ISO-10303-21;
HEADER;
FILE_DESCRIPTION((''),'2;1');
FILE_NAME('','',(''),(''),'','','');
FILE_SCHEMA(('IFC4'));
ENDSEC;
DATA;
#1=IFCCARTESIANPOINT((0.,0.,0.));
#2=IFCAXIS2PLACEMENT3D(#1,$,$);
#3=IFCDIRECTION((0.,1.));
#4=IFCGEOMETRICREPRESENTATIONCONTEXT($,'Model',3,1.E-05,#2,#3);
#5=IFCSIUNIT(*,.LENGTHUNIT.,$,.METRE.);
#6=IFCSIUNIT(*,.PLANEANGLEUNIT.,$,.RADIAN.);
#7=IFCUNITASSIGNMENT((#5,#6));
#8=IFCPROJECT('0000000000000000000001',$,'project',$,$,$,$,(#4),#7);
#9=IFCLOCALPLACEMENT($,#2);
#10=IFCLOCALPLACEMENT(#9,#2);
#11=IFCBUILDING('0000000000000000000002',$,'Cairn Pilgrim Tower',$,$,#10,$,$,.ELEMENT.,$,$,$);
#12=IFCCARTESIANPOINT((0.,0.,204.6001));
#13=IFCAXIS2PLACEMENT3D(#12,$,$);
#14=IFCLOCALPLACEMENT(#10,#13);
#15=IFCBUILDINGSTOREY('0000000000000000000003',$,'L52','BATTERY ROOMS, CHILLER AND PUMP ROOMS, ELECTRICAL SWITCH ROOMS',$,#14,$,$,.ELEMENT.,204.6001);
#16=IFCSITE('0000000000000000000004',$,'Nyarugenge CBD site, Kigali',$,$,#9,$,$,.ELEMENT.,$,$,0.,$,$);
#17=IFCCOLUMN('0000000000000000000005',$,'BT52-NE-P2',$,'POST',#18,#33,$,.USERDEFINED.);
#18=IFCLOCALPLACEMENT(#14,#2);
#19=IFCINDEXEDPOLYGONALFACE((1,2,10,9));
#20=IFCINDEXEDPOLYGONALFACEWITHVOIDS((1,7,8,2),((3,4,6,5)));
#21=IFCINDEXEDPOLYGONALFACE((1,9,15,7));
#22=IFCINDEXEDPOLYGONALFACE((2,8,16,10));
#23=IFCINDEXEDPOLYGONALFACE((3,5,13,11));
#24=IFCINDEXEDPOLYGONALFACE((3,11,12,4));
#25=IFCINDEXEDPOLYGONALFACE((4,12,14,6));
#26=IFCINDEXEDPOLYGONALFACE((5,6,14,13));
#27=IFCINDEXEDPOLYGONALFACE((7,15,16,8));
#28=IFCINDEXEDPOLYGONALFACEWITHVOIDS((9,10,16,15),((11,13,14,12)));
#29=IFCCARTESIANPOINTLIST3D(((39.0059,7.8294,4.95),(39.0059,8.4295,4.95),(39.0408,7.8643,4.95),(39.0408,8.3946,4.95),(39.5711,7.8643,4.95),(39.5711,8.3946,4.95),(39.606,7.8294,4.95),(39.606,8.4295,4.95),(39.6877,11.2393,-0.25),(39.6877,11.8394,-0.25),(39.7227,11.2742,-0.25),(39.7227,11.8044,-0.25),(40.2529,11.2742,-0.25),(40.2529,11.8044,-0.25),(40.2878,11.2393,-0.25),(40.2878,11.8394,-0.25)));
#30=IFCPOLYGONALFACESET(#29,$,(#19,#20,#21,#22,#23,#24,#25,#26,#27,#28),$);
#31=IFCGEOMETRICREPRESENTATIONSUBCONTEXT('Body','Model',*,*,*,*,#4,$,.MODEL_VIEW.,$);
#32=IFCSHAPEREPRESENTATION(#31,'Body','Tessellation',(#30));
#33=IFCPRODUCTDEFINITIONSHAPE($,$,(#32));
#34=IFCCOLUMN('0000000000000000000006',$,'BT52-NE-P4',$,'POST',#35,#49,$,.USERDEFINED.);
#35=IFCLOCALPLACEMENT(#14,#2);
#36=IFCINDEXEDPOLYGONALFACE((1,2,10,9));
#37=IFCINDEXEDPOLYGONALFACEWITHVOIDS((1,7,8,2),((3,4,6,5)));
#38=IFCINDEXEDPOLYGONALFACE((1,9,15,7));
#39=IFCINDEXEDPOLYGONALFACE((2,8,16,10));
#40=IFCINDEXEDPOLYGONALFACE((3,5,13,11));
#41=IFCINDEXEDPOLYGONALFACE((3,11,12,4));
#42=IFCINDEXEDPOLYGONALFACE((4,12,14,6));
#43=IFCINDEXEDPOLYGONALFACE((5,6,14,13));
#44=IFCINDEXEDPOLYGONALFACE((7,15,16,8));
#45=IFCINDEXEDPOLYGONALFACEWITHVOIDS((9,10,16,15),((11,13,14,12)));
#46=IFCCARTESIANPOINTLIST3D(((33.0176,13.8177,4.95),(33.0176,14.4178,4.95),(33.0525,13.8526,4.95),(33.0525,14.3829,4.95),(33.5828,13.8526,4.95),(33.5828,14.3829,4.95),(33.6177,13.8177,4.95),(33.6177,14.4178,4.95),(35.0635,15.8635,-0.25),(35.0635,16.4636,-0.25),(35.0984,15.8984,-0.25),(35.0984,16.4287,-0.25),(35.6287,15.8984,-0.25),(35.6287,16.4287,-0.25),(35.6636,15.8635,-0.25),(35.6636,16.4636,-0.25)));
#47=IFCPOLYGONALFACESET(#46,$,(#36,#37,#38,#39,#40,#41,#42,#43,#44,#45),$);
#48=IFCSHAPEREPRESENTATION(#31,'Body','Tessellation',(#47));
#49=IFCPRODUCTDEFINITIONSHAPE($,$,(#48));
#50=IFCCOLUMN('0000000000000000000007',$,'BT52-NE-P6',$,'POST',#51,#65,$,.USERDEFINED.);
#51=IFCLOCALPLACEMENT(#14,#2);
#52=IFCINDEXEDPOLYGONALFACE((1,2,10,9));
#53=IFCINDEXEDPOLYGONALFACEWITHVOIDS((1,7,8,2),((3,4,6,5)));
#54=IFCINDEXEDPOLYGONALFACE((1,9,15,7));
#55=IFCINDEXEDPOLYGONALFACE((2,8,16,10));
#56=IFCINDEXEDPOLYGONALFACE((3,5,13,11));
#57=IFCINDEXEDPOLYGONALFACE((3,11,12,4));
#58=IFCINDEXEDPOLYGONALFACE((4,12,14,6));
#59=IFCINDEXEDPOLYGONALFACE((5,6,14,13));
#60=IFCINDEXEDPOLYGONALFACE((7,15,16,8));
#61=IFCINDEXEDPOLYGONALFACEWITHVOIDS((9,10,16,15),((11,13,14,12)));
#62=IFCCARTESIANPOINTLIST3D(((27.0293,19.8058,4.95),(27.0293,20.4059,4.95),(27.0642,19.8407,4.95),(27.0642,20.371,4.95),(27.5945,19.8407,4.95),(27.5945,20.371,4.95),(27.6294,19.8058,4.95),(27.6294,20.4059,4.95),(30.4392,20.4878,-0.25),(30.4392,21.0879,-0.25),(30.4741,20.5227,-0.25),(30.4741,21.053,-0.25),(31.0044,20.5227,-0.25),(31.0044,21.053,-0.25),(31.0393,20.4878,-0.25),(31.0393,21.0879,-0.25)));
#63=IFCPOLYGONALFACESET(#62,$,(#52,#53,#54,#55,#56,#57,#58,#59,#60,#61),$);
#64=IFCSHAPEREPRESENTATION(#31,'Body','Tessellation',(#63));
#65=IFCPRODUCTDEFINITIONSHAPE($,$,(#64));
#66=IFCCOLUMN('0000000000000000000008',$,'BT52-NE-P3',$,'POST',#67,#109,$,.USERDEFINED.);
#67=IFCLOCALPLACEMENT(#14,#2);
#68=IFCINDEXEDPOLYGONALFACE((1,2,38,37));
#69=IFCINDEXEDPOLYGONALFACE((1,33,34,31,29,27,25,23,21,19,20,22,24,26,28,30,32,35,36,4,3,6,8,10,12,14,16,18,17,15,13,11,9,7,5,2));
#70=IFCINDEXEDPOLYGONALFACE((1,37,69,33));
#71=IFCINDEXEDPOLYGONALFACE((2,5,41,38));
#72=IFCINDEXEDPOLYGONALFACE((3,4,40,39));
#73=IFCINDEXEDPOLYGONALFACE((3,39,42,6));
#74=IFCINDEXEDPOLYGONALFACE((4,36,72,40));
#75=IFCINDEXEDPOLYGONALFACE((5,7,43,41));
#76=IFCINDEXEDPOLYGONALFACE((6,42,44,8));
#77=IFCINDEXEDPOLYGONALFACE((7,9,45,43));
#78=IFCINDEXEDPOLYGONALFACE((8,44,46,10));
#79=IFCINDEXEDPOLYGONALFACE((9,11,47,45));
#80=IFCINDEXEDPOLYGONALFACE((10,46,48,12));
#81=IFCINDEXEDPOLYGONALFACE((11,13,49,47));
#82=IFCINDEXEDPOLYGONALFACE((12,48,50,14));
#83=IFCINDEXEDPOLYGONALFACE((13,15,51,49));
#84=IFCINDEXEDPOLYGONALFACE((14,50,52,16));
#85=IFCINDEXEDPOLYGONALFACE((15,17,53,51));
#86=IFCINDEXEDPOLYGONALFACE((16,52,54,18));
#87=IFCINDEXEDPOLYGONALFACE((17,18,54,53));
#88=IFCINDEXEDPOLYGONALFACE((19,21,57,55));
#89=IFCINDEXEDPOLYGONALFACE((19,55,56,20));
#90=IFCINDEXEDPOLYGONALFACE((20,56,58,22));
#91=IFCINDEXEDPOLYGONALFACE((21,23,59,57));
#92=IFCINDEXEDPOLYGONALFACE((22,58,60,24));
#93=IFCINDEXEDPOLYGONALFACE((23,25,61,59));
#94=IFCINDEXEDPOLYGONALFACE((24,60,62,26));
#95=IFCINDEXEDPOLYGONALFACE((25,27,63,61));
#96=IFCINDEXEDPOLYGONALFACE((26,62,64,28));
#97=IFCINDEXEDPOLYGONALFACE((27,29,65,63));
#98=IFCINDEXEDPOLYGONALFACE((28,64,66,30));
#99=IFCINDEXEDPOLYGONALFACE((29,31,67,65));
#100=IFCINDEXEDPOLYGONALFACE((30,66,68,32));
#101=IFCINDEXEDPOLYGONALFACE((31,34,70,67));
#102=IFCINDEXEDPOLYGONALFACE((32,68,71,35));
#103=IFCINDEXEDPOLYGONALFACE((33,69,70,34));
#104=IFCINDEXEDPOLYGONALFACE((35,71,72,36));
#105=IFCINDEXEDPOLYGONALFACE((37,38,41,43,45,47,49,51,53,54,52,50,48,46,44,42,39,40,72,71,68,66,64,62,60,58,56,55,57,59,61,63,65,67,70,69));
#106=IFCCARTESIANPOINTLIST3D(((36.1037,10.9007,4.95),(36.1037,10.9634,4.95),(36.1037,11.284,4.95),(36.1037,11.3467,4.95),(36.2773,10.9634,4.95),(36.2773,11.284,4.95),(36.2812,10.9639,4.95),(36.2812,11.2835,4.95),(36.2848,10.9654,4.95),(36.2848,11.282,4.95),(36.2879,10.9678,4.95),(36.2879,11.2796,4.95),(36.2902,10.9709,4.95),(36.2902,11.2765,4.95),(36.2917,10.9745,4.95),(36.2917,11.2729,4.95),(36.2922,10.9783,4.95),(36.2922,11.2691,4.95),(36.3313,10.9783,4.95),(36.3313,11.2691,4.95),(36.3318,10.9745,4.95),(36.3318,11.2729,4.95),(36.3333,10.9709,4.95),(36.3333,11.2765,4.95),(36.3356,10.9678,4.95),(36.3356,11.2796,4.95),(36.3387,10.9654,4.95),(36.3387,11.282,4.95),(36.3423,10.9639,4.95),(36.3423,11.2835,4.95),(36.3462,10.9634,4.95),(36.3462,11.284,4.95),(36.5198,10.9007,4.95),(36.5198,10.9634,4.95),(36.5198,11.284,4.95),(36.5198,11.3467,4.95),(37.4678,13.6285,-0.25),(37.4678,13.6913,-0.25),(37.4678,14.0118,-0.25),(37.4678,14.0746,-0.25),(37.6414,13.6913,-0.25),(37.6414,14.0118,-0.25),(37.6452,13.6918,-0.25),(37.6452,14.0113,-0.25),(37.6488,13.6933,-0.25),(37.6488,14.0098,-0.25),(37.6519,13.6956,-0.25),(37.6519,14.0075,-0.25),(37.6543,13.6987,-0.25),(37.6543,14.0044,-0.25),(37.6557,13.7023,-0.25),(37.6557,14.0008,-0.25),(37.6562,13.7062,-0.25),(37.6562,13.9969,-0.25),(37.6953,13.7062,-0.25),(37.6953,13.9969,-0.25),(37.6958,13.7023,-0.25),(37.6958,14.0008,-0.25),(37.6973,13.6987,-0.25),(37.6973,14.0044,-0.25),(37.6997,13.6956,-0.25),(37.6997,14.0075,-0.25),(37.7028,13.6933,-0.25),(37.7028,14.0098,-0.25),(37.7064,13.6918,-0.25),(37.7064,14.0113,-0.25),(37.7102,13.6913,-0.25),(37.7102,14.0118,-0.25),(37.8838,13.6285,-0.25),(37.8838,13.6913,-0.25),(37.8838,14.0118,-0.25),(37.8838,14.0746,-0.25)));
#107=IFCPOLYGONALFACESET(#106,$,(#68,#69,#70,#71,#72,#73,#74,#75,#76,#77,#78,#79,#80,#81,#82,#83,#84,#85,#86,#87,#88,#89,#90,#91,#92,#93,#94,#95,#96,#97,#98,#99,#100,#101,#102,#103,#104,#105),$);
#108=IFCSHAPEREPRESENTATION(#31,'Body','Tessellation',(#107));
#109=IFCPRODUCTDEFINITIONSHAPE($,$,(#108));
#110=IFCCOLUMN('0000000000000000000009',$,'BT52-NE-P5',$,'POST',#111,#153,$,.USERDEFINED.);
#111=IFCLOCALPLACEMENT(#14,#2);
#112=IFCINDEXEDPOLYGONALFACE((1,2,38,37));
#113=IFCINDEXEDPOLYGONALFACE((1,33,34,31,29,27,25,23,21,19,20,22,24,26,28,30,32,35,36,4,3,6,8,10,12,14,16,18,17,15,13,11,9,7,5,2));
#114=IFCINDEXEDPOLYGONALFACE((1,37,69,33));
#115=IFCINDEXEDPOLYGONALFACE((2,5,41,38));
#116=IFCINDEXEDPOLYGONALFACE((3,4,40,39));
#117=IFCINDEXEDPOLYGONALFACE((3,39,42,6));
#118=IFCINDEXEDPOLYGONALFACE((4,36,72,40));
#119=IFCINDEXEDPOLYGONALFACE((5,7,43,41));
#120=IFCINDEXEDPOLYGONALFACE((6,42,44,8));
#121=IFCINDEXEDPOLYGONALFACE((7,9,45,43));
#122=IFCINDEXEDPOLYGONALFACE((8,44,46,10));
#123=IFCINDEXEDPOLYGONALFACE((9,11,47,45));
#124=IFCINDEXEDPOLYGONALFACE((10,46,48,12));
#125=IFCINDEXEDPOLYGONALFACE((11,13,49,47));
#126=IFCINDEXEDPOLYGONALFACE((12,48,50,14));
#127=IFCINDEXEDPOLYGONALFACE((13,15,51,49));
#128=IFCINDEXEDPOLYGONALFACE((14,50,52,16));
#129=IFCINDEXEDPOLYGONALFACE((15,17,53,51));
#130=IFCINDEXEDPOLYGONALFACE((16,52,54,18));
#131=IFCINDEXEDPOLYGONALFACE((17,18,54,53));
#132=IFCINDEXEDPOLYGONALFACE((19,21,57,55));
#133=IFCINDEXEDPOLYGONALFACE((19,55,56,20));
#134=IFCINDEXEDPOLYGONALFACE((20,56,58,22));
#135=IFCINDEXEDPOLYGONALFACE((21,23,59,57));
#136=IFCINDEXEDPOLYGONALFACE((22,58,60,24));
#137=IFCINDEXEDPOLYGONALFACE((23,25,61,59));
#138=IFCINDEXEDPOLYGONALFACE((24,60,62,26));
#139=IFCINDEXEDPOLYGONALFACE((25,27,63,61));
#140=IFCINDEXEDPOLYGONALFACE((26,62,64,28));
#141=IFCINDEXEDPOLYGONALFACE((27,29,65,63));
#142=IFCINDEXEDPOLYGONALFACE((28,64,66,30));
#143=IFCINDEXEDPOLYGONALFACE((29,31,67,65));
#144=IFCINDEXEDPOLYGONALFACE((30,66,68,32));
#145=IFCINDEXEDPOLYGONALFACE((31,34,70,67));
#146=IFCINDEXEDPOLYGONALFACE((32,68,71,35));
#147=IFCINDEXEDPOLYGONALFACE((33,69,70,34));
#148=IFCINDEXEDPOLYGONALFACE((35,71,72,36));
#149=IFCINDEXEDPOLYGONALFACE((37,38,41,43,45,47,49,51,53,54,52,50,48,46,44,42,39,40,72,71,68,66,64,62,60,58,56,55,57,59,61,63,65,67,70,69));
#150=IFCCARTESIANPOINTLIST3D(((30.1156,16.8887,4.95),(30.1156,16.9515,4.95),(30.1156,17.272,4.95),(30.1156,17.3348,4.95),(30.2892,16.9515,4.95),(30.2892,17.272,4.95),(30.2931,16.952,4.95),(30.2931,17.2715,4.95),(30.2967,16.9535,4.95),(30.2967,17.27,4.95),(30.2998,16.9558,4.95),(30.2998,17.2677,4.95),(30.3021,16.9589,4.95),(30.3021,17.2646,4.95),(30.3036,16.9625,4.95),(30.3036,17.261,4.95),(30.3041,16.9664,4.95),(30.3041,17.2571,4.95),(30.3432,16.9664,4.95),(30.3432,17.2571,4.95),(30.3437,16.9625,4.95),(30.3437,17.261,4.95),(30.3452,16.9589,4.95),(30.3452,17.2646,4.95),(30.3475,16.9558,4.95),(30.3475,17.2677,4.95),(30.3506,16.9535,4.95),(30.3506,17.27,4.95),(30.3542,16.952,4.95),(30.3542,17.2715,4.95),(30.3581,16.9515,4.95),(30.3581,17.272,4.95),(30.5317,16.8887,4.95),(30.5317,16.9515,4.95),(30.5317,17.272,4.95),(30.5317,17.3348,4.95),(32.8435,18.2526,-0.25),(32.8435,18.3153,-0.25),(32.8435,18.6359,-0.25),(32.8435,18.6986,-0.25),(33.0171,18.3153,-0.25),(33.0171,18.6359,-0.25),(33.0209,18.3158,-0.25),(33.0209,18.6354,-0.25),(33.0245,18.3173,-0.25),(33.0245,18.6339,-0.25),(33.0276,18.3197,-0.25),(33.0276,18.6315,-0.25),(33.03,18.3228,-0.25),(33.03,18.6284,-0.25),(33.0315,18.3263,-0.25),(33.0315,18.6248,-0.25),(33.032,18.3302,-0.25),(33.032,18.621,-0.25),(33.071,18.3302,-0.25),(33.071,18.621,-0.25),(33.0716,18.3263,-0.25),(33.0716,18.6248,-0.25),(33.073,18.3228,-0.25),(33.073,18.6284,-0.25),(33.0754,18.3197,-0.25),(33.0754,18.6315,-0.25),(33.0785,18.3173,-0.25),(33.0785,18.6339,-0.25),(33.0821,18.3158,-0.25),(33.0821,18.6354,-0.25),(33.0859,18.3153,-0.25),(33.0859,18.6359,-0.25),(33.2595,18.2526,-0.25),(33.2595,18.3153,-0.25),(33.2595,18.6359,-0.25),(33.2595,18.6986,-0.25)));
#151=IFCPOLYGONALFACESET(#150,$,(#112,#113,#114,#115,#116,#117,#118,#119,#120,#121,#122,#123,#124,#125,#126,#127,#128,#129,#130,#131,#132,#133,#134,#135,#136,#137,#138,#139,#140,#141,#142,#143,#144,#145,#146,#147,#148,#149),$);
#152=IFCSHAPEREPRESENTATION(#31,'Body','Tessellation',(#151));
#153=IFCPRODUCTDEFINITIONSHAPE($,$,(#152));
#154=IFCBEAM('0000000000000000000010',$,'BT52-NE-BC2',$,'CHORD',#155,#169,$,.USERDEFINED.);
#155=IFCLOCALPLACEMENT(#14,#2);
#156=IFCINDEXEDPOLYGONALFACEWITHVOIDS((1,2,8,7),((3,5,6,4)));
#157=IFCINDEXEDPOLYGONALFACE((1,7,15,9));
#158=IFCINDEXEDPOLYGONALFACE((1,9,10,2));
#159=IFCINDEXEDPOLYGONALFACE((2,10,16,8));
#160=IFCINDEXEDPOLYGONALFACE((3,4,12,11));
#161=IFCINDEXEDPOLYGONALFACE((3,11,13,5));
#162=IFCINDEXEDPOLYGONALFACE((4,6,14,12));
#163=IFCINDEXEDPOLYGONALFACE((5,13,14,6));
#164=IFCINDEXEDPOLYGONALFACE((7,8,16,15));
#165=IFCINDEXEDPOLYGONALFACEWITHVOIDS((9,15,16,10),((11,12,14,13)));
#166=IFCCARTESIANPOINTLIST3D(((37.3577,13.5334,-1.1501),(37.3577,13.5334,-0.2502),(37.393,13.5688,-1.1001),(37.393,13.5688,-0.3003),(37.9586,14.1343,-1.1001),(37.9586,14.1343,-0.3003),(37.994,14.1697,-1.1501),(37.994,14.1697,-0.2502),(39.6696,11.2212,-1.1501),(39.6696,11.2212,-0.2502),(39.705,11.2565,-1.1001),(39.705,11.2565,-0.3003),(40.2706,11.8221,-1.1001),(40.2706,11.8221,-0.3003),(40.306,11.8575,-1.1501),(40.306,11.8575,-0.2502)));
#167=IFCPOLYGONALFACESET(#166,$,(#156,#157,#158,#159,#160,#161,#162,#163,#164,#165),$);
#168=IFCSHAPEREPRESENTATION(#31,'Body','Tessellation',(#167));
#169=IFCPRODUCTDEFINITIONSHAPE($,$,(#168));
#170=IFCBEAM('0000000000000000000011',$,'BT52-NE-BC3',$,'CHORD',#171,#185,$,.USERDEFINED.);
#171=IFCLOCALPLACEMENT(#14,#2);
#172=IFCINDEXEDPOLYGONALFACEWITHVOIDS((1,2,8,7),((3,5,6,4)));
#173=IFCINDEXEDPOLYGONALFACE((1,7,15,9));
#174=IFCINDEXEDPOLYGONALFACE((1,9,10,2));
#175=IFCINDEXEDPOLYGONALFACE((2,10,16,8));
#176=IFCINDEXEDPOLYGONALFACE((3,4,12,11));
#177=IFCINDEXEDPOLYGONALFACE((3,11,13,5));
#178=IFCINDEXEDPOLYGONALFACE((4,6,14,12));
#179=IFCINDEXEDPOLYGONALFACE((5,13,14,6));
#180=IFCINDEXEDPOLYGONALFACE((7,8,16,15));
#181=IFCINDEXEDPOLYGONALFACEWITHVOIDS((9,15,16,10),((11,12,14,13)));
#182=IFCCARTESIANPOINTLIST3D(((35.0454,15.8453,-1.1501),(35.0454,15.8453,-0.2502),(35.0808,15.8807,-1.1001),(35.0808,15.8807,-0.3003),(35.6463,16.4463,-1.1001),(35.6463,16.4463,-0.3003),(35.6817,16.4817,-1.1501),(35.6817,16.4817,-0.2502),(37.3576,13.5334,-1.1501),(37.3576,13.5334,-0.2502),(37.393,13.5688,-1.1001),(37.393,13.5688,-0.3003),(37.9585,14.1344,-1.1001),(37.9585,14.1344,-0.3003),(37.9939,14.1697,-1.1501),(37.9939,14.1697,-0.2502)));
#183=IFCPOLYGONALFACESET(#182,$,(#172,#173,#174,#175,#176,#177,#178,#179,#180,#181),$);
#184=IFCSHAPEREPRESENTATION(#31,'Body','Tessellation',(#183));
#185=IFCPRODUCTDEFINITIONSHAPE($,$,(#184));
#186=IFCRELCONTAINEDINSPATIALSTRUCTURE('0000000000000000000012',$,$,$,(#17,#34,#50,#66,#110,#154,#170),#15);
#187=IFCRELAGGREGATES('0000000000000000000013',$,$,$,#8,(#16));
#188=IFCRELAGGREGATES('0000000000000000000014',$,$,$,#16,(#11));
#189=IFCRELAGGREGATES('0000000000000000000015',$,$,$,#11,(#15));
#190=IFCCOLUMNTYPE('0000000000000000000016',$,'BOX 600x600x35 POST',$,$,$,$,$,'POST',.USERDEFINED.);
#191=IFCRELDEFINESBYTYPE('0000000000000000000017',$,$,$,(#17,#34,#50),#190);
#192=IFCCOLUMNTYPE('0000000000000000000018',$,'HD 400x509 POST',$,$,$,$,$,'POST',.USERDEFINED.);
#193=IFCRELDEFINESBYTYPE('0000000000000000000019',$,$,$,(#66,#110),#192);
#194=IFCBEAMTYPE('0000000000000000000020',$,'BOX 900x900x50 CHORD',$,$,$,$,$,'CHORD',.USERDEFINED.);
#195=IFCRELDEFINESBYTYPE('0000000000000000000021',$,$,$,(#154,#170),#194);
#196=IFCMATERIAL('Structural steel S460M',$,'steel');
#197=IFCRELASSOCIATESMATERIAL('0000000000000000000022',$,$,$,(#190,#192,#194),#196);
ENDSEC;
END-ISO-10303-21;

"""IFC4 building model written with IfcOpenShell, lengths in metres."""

from ifc_helpers import new_model, si_unit, direction, frame, origin, origin_2d, place, context, subcontext, project, spatial, hollow_rectangle, i_section, extrude, clip, halfspace, material, material_profile, profile_set, type_object, element, save


model = new_model("IFC4")

# Units and contexts
model_context = context("Model", 3, precision=1e-05, world=origin(), true_north=direction((0.0, 1.0)))
body_context = subcontext(model_context, "Body", "Model", "MODEL_VIEW")
ifc_project = project(units=[si_unit("LENGTHUNIT", "METRE"), si_unit("PLANEANGLEUNIT", "RADIAN")], contexts=[model_context])

# Site, building, storey
site_placement = place(None, origin())
site = spatial("IfcSite", under=ifc_project, at=site_placement, Name="Nyarugenge CBD site, Kigali", CompositionType="ELEMENT", RefElevation=0.0)
building_placement = place(site_placement, origin())
building = spatial("IfcBuilding", under=site, at=building_placement, Name="Cairn Pilgrim Tower", CompositionType="ELEMENT")
storey_placement = place(building_placement, frame((0.0, 0.0, 204.6001)))
storey = spatial("IfcBuildingStorey", under=building, at=storey_placement, Name="L52", Description="BATTERY ROOMS, CHILLER AND PUMP ROOMS, ELECTRICAL SWITCH ROOMS", CompositionType="ELEMENT", Elevation=204.6001)

# Columns
ifc_material_1 = material(Name="Structural steel S460M", Category="steel")
ifc_material_profile_1 = material_profile(ifc_material_1, hollow_rectangle(XDim=0.6001, YDim=0.6001, WallThickness=0.0349, at=origin_2d()), Name="BOX 600x600x35")
ifc_profile_set_1 = profile_set([ifc_material_profile_1], Name="Structural steel S460M")
column_type_1 = type_object("IfcColumnType", Name="BOX 600x600x35 POST", ElementType="POST", PredefinedType="USERDEFINED", material=ifc_profile_set_1)
column_1_placement = place(storey_placement, frame((39.9878, 11.5393, -0.25), z_axis=(0.0, 0.0, 1.0), x_axis=(1.0, 0.0, 0.0)))
element("IfcColumn", 1, at=column_1_placement, inside=storey, type_object=column_type_1, Name="BT52-NE-P2", ObjectType="POST", PredefinedType="USERDEFINED", context=body_context, shape_type="Clipping", body=[
    clip(extrude(hollow_rectangle(XDim=0.6001, YDim=0.6001, WallThickness=0.0349, at=origin_2d()), origin(), (-0.108993, -0.545099, 0.831256), 7.3381), halfspace(frame((0.0, 0.0, 5.2), z_axis=(0.0, 0.0, 1.0), x_axis=(1.0, 0.0, 0.0)), False)),
])
column_2_placement = place(storey_placement, frame((35.3635, 16.1636, -0.25), z_axis=(0.0, 0.0, 1.0), x_axis=(1.0, 0.0, 0.0)))
element("IfcColumn", 2, at=column_2_placement, inside=storey, type_object=column_type_1, Name="BT52-NE-P4", ObjectType="POST", PredefinedType="USERDEFINED", context=body_context, shape_type="Clipping", body=[
    clip(extrude(hollow_rectangle(XDim=0.6001, YDim=0.6001, WallThickness=0.0349, at=origin_2d()), origin(), (-0.343801, -0.343801, 0.873843), 6.9805), halfspace(frame((0.0, 0.0, 5.2), z_axis=(0.0, 0.0, 1.0), x_axis=(1.0, 0.0, 0.0)), False)),
])
column_3_placement = place(storey_placement, frame((30.7393, 20.7878, -0.25), z_axis=(0.0, 0.0, 1.0), x_axis=(1.0, 0.0, 0.0)))
element("IfcColumn", 3, at=column_3_placement, inside=storey, type_object=column_type_1, Name="BT52-NE-P6", ObjectType="POST", PredefinedType="USERDEFINED", context=body_context, shape_type="Clipping", body=[
    clip(extrude(hollow_rectangle(XDim=0.6001, YDim=0.6001, WallThickness=0.0349, at=origin_2d()), origin(), (-0.545097, -0.109026, 0.831253), 7.3381), halfspace(frame((0.0, 0.0, 5.2), z_axis=(0.0, 0.0, 1.0), x_axis=(1.0, 0.0, 0.0)), False)),
])
ifc_material_profile_2 = material_profile(ifc_material_1, i_section(OverallWidth=0.416, OverallDepth=0.446, WebThickness=0.0391, FlangeThickness=0.0627, FilletRadius=0.0149, at=origin_2d()), Name="HD 400x509")
ifc_profile_set_2 = profile_set([ifc_material_profile_2], Name="Structural steel S460M")
column_type_2 = type_object("IfcColumnType", Name="HD 400x509 POST", ElementType="POST", PredefinedType="USERDEFINED", material=ifc_profile_set_2)
column_4_placement = place(storey_placement, frame((37.6758, 13.8516, -0.25), z_axis=(0.0, 0.0, 1.0), x_axis=(1.0, 0.0, 0.0)))
element("IfcColumn", 4, at=column_4_placement, inside=storey, type_object=column_type_2, Name="BT52-NE-P3", ObjectType="POST", PredefinedType="USERDEFINED", context=body_context, shape_type="Clipping", body=[
    clip(extrude(i_section(OverallWidth=0.416, OverallDepth=0.446, WebThickness=0.0391, FlangeThickness=0.0627, FilletRadius=0.0149, at=origin_2d()), origin(), (-0.226269, -0.452504, 0.862579), 7.0715), halfspace(frame((0.0, 0.0, 5.2), z_axis=(0.0, 0.0, 1.0), x_axis=(1.0, 0.0, 0.0)), False)),
])
column_5_placement = place(storey_placement, frame((33.0515, 18.4756, -0.25), z_axis=(0.0, 0.0, 1.0), x_axis=(1.0, 0.0, 0.0)))
element("IfcColumn", 5, at=column_5_placement, inside=storey, type_object=column_type_2, Name="BT52-NE-P5", ObjectType="POST", PredefinedType="USERDEFINED", context=body_context, shape_type="Clipping", body=[
    clip(extrude(i_section(OverallWidth=0.416, OverallDepth=0.446, WebThickness=0.0391, FlangeThickness=0.0627, FilletRadius=0.0149, at=origin_2d()), origin(), (-0.452508, -0.226237, 0.862585), 7.0715), halfspace(frame((0.0, 0.0, 5.2), z_axis=(0.0, 0.0, 1.0), x_axis=(1.0, 0.0, 0.0)), False)),
])

# Beams
ifc_material_profile_3 = material_profile(ifc_material_1, hollow_rectangle(XDim=0.8999, YDim=0.8999, WallThickness=0.05, at=origin_2d()), Name="BOX 900x900x50")
ifc_profile_set_3 = profile_set([ifc_material_profile_3], Name="Structural steel S460M")
beam_type_1 = type_object("IfcBeamType", Name="BOX 900x900x50 CHORD", ElementType="CHORD", PredefinedType="USERDEFINED", material=ifc_profile_set_3)
for number, where, z_axis, x_axis, name in (
    (6, (39.9878, 11.5393, -0.7002), (-0.707069, 0.707144, 0.0), (-0.707144, -0.707069, 0.0), "BT52-NE-BC2"),
    (7, (37.6758, 13.8516, -0.7002), (-0.707144, 0.707069, 0.0), (-0.707069, -0.707144, 0.0), "BT52-NE-BC3"),
):
    element("IfcBeam", number, at=place(storey_placement, frame(where, z_axis=z_axis, x_axis=x_axis)), inside=storey, type_object=beam_type_1, Name=name, ObjectType="CHORD", PredefinedType="USERDEFINED", context=body_context, shape_type="SweptSolid", body=[
        extrude(hollow_rectangle(XDim=0.8999, YDim=0.8999, WallThickness=0.05, at=origin_2d()), origin(), (0.0, 0.0, 1.0), 3.2698),
    ])

save(model, "model.ifc")
